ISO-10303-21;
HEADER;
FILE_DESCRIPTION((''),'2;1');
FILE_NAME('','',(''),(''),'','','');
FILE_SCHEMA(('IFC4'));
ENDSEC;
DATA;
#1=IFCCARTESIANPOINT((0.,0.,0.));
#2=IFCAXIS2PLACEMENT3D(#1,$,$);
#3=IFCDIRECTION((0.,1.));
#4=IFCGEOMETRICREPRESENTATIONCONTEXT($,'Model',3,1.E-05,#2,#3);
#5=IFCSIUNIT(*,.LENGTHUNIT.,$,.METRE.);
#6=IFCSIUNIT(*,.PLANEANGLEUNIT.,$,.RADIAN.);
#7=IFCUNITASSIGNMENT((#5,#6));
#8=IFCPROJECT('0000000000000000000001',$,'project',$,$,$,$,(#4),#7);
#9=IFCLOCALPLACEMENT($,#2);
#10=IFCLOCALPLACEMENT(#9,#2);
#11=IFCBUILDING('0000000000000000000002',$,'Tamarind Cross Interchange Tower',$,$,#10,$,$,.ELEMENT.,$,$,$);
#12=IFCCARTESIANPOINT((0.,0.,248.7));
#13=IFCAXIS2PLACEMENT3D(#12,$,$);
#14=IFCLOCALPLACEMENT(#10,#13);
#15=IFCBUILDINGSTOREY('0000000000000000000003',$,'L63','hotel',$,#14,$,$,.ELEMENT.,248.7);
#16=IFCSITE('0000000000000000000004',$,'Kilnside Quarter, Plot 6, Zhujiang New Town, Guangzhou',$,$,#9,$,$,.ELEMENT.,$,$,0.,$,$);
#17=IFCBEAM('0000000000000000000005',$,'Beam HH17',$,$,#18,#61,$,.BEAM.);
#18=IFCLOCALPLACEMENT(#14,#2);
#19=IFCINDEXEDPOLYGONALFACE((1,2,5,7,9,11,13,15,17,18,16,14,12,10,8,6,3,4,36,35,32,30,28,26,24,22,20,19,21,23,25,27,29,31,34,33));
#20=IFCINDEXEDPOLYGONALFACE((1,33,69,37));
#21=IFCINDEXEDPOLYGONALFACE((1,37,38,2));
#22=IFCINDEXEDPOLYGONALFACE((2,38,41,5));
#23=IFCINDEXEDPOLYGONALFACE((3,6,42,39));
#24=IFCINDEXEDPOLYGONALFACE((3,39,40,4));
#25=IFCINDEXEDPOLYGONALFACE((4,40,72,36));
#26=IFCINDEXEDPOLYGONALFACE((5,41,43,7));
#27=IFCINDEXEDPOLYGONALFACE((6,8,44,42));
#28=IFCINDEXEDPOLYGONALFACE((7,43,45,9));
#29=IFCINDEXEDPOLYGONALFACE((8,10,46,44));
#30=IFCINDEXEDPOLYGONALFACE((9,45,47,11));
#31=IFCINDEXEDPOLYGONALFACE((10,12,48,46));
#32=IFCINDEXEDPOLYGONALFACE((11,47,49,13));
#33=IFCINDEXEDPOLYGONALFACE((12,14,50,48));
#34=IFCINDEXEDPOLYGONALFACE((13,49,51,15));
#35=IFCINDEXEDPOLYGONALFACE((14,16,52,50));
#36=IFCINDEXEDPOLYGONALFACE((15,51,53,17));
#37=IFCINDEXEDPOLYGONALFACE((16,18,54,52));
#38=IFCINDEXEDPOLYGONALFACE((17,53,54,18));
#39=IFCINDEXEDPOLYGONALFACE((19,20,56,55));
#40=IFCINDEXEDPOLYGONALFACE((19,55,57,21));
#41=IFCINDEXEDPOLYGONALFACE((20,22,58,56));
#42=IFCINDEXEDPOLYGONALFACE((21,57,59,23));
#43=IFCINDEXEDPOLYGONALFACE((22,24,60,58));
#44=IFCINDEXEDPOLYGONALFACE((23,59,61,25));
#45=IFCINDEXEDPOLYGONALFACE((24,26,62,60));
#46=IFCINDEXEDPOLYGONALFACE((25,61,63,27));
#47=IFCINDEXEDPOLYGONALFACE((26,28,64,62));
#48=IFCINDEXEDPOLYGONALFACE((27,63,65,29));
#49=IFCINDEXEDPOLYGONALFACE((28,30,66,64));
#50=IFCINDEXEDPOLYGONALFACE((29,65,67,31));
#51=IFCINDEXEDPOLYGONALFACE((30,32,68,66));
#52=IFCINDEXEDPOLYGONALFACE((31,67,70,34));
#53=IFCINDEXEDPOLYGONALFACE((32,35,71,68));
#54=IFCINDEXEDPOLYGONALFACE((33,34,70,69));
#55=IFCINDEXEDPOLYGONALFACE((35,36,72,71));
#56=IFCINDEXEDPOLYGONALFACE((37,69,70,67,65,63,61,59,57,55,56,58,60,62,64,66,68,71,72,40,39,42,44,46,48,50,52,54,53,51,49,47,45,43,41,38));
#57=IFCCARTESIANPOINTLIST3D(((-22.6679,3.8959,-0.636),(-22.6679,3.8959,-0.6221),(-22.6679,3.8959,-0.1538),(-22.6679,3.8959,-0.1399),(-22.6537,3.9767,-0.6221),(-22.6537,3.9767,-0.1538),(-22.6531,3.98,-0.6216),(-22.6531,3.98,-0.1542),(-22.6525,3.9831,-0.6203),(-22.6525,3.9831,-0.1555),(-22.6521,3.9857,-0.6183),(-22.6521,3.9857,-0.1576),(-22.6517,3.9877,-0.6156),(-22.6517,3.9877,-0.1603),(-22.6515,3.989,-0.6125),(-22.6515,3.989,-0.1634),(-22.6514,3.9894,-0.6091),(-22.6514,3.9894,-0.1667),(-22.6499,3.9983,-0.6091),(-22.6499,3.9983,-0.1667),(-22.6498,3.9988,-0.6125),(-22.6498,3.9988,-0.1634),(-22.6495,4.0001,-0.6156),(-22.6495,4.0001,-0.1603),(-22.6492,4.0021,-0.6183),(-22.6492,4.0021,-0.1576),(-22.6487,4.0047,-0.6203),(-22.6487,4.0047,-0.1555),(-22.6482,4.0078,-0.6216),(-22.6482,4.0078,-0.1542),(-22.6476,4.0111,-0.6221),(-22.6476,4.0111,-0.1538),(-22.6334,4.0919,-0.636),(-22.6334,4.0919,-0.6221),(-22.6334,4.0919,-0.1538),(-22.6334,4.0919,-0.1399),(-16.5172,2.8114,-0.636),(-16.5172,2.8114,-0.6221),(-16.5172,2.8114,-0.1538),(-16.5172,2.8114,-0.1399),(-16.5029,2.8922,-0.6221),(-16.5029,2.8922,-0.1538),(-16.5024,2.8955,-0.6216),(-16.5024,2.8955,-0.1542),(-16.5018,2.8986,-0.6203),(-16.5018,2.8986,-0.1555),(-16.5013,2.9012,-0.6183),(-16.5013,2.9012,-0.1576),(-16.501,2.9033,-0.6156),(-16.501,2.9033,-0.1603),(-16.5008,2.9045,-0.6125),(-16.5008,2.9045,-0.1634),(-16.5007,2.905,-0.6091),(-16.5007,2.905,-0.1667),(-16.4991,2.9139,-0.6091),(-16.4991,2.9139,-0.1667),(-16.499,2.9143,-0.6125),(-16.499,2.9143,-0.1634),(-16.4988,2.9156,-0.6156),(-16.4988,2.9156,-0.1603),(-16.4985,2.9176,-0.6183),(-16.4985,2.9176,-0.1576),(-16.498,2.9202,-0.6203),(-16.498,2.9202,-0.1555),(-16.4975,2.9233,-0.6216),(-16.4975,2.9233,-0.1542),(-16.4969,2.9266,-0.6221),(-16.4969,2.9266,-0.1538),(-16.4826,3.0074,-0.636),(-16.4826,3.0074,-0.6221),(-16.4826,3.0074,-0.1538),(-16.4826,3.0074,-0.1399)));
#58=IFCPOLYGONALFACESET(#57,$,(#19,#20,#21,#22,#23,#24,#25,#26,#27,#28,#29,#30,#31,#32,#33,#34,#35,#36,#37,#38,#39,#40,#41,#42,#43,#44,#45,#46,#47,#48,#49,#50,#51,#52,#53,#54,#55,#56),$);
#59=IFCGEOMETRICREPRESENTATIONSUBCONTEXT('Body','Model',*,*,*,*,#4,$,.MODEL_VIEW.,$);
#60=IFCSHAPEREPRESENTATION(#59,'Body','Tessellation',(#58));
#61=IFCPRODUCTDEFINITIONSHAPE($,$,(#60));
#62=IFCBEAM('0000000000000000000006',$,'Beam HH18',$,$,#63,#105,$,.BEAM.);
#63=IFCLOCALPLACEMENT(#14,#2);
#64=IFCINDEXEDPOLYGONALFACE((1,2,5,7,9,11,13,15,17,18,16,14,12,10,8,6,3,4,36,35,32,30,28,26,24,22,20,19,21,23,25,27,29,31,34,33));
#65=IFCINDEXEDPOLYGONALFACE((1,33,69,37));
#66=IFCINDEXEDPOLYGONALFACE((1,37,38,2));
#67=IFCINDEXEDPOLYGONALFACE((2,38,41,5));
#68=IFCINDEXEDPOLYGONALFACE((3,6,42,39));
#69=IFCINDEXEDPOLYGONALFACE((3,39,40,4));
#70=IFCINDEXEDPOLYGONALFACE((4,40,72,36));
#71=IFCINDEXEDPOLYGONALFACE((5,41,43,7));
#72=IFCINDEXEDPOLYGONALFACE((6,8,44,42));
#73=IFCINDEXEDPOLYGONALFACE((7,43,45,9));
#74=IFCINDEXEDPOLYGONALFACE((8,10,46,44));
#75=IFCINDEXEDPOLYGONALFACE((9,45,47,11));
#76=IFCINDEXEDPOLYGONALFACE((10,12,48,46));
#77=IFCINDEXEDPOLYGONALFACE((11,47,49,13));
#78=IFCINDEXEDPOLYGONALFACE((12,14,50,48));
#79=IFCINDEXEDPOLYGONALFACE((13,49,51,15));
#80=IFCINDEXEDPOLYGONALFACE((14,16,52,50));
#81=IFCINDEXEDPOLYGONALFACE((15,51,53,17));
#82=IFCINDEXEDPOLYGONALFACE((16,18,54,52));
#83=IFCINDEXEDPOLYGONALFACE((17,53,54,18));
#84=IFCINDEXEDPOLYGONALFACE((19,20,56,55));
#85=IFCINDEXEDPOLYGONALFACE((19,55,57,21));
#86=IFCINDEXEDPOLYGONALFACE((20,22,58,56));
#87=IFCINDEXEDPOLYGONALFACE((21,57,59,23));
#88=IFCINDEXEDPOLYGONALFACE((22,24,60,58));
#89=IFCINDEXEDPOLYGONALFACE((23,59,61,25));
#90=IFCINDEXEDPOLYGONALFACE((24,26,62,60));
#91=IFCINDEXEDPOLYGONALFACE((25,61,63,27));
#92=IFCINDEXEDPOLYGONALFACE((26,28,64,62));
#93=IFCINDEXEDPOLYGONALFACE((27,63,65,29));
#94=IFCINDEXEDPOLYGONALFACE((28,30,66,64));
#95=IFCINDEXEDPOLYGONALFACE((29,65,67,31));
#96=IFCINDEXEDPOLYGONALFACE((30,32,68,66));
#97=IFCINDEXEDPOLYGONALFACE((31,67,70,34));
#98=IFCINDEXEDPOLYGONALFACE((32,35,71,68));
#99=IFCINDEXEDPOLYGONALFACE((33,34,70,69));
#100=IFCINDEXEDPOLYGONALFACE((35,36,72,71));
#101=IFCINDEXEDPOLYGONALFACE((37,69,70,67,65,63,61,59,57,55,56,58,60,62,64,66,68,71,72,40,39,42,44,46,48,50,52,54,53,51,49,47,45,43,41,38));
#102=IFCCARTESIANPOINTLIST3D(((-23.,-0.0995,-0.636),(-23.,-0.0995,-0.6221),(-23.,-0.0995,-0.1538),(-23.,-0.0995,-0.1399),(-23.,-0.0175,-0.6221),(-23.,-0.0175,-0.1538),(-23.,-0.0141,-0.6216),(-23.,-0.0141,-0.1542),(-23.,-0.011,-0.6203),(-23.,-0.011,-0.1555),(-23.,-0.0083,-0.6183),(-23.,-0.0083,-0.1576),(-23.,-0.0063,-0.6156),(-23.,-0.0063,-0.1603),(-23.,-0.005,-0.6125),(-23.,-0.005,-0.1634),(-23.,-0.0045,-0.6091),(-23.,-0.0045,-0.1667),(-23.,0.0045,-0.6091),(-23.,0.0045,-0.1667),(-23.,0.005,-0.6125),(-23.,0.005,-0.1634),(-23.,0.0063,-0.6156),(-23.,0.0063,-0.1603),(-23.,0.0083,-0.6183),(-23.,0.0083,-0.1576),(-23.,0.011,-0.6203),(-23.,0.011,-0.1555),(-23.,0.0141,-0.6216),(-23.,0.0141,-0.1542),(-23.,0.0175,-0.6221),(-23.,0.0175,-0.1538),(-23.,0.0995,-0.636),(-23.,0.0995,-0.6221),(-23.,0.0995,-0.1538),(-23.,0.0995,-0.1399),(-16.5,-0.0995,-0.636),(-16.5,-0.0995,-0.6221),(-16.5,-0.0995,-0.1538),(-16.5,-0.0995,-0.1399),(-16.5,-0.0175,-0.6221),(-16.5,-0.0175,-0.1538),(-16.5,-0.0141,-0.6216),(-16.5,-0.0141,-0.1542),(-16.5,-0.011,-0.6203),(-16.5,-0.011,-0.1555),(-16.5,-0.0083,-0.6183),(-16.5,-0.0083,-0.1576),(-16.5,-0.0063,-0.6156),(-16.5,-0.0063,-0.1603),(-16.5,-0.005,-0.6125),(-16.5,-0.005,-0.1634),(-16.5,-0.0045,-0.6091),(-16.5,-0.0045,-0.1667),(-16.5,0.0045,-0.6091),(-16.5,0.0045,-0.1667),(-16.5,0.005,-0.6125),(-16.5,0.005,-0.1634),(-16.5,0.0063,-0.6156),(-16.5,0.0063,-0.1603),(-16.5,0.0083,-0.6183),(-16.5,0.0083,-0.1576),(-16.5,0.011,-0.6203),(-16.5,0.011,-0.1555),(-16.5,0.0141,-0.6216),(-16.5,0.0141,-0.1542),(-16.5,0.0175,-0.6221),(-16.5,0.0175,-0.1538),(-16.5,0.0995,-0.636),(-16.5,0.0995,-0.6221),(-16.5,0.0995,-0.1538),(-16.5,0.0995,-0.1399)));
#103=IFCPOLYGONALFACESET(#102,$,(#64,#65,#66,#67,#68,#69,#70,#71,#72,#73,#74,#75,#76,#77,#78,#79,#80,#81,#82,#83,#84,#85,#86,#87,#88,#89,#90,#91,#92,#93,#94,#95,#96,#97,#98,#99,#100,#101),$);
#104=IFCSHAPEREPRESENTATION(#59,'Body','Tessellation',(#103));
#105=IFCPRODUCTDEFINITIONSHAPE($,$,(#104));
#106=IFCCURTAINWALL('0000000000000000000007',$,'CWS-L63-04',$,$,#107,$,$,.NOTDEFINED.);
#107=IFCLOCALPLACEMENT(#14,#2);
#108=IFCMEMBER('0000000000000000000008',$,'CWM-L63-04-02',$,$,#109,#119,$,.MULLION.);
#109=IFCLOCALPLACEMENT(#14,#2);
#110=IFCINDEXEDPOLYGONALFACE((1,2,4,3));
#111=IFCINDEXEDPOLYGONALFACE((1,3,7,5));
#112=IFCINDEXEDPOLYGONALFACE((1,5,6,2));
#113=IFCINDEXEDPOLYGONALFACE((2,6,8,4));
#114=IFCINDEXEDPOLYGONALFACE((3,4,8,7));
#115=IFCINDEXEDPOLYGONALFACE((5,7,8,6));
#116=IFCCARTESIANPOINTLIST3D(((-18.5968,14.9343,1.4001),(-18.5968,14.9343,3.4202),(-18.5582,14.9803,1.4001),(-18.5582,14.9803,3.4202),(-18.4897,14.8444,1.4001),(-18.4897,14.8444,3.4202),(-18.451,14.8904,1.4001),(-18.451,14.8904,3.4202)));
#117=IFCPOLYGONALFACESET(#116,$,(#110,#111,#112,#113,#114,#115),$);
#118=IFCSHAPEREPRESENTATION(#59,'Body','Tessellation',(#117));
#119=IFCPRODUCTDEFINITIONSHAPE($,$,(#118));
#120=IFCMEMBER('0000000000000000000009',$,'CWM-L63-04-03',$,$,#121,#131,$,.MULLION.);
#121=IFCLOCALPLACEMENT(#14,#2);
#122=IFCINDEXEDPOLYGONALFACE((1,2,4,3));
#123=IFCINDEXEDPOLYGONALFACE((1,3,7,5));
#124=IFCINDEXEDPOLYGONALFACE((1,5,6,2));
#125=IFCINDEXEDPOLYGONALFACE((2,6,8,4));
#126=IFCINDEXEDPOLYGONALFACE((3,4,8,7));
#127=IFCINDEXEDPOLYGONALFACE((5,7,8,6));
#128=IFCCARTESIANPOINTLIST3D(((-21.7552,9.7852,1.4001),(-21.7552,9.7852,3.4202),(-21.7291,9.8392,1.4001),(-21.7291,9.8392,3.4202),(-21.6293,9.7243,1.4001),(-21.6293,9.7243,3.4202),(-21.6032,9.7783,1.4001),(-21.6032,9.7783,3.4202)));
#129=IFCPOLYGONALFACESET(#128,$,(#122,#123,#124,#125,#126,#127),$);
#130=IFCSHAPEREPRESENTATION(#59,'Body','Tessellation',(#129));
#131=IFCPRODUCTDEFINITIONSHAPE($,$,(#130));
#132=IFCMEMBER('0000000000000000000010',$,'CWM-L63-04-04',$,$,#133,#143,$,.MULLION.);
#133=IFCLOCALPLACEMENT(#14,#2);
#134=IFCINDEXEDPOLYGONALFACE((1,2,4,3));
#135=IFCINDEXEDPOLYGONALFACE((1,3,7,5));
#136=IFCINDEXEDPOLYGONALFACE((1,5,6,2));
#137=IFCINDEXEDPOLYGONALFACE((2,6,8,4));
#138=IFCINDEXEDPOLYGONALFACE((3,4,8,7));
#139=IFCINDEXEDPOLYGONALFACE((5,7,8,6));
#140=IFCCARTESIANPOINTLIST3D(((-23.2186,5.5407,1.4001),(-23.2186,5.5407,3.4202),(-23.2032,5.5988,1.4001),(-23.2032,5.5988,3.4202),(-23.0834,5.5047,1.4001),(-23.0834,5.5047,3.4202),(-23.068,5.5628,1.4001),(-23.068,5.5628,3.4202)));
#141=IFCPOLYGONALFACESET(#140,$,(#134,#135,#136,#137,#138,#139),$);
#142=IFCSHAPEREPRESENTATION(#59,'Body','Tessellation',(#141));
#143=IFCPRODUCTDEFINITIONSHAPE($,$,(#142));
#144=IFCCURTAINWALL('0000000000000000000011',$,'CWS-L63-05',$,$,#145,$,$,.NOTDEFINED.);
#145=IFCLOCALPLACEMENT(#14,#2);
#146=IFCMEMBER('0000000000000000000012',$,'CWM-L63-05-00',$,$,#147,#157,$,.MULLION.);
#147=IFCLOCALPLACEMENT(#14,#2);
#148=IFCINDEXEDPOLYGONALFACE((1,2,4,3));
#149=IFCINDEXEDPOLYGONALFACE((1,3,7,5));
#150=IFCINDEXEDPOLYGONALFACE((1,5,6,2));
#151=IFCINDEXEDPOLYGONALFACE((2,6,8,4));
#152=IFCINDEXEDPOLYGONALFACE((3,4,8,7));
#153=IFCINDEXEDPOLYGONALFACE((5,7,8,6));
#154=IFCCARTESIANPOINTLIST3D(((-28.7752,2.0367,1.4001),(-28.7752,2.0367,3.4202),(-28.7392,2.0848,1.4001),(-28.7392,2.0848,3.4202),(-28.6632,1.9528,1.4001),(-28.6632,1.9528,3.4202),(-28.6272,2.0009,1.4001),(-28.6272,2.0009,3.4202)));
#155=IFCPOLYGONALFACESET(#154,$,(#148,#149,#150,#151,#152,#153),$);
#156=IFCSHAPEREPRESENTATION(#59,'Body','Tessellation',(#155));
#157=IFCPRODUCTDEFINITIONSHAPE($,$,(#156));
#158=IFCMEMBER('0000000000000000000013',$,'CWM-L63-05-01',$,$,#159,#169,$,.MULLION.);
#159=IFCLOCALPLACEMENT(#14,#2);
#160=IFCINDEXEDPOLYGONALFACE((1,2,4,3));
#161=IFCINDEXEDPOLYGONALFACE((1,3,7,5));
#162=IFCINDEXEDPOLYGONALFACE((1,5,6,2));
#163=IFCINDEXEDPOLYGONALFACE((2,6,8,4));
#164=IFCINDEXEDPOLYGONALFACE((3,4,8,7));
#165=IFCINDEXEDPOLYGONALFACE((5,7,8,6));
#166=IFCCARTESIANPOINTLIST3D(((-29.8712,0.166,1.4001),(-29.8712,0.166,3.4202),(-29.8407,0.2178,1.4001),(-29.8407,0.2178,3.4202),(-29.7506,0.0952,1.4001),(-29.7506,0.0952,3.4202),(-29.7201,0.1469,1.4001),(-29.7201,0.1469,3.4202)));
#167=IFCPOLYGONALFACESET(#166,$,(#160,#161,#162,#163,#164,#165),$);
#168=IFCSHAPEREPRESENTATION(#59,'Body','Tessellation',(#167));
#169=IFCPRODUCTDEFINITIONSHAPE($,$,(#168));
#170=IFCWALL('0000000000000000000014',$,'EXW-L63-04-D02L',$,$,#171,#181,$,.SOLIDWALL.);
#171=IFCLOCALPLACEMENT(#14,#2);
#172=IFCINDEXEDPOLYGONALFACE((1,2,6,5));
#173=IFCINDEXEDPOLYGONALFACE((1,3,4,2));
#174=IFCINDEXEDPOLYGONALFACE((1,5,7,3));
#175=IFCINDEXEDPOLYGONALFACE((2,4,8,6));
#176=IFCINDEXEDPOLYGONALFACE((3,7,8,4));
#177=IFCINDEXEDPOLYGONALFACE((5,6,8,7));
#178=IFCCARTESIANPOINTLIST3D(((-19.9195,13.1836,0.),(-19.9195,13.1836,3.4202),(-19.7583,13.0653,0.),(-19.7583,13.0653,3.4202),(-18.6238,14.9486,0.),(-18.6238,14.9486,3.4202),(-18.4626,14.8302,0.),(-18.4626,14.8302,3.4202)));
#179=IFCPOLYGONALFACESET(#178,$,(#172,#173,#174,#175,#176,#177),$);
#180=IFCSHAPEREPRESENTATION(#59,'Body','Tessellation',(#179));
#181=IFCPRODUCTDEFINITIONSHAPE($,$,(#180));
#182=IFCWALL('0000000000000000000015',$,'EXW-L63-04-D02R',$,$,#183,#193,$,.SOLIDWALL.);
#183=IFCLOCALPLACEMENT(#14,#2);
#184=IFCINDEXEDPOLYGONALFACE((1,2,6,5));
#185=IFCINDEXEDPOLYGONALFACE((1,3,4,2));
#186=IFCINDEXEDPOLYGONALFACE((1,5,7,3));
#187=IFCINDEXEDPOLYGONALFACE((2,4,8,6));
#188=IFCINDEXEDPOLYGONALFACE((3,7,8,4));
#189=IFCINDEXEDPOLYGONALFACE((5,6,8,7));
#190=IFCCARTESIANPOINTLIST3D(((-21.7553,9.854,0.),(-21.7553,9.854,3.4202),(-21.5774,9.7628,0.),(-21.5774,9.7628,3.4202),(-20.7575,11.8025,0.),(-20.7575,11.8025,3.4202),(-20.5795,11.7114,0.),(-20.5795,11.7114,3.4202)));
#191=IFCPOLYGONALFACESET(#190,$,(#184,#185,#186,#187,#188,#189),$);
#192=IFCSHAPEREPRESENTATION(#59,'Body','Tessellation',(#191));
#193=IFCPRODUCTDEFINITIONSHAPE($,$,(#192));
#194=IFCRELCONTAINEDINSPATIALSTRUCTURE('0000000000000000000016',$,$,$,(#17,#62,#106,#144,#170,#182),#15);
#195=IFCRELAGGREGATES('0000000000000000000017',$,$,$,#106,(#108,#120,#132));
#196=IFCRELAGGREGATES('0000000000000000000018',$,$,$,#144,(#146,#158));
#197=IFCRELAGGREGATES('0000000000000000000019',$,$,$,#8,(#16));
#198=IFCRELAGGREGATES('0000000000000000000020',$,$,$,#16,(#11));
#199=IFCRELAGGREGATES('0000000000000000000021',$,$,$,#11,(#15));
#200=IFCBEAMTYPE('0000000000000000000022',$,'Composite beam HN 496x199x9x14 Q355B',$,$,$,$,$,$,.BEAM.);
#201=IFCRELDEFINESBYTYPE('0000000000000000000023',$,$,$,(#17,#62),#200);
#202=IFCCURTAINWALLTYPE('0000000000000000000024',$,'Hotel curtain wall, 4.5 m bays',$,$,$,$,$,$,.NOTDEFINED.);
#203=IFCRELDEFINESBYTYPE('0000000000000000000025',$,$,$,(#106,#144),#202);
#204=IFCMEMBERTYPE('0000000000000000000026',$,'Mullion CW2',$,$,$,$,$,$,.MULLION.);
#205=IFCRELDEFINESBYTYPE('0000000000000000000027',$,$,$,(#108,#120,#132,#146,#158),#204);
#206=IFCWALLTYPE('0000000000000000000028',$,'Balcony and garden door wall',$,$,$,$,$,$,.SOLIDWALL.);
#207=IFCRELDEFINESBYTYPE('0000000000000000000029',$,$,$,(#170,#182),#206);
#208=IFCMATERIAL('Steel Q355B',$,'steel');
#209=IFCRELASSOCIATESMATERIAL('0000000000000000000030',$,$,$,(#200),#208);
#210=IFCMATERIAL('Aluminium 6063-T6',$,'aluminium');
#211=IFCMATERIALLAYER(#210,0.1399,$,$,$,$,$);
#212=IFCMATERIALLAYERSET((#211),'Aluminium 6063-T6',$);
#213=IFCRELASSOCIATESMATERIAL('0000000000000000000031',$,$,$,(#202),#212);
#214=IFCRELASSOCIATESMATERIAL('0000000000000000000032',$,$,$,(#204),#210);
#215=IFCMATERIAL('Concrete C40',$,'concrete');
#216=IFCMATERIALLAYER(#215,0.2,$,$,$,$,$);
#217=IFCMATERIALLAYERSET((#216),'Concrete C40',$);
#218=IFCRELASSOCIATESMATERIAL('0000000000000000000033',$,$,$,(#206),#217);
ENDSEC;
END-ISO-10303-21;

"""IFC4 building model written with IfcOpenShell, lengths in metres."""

from ifc_helpers import new_model, si_unit, direction, frame, frame_2d, origin, origin_2d, place, context, subcontext, project, spatial, rectangle, i_section, extrude, material, layer, layer_set, material_profile, profile_set, type_object, element, aggregate, save


model = new_model("IFC4")

# Units and contexts
model_context = context("Model", 3, precision=1e-05, world=origin(), true_north=direction((0.0, 1.0)))
body_context = subcontext(model_context, "Body", "Model", "MODEL_VIEW")
ifc_project = project(units=[si_unit("LENGTHUNIT", "METRE"), si_unit("PLANEANGLEUNIT", "RADIAN")], contexts=[model_context])

# Site, building, storey
site_placement = place(None, origin())
site = spatial("IfcSite", under=ifc_project, at=site_placement, Name="Kilnside Quarter, Plot 6, Zhujiang New Town, Guangzhou", CompositionType="ELEMENT", RefElevation=0.0)
building_placement = place(site_placement, origin())
building = spatial("IfcBuilding", under=site, at=building_placement, Name="Tamarind Cross Interchange Tower", CompositionType="ELEMENT")
storey_placement = place(building_placement, frame((0.0, 0.0, 248.7)))
storey = spatial("IfcBuildingStorey", under=building, at=storey_placement, Name="L63", Description="hotel", CompositionType="ELEMENT", Elevation=248.7)

# Beams
ifc_material_1 = material(Name="Steel Q355B", Category="steel")
ifc_material_profile_1 = material_profile(ifc_material_1, i_section(OverallWidth=0.199, OverallDepth=0.4961, WebThickness=0.009, FlangeThickness=0.0139, FilletRadius=0.0129, at=origin_2d()), Name="HN 496x199x9x14")
ifc_profile_set_1 = profile_set([ifc_material_profile_1], Name="Steel Q355B")
beam_type = type_object("IfcBeamType", Name="Composite beam HN 496x199x9x14 Q355B", PredefinedType="BEAM", material=ifc_profile_set_1)
beam_1_placement = place(storey_placement, frame((-22.6506, 3.9939, -0.3879), z_axis=(0.984809, -0.17364, 0.0), x_axis=(0.17364, 0.984809, 0.0)))
element("IfcBeam", 1, at=beam_1_placement, inside=storey, type_object=beam_type, Name="Beam HH17", PredefinedType="BEAM", context=body_context, shape_type="SweptSolid", body=[
    extrude(i_section(OverallWidth=0.199, OverallDepth=0.4961, WebThickness=0.009, FlangeThickness=0.0139, FilletRadius=0.0129, at=origin_2d()), origin(), (0.0, 0.0, 1.0), 6.2456),
])
beam_2_placement = place(storey_placement, frame((-23.0, 0.0, -0.3879), z_axis=(1.0, 0.0, 0.0), x_axis=(0.0, 1.0, 0.0)))
element("IfcBeam", 2, at=beam_2_placement, inside=storey, type_object=beam_type, Name="Beam HH18", PredefinedType="BEAM", context=body_context, shape_type="SweptSolid", body=[
    extrude(i_section(OverallWidth=0.199, OverallDepth=0.4961, WebThickness=0.009, FlangeThickness=0.0139, FilletRadius=0.0129, at=origin_2d()), origin(), (0.0, 0.0, 1.0), 6.5),
])

# Curtain walls, members
ifc_material_2 = material(Name="Aluminium 6063-T6", Category="aluminium")
ifc_layer_1 = layer(ifc_material_2, 0.1399)
ifc_layer_set_1 = layer_set([ifc_layer_1], Name="Aluminium 6063-T6")
curtain_wall_type = type_object("IfcCurtainWallType", Name="Hotel curtain wall, 4.5 m bays", PredefinedType="NOTDEFINED", material=ifc_layer_set_1)
curtain_wall_1_placement = place(storey_placement, origin())
curtain_wall_1 = element("IfcCurtainWall", 3, at=curtain_wall_1_placement, inside=storey, type_object=curtain_wall_type, Name="CWS-L63-04", PredefinedType="NOTDEFINED")
ifc_material_profile_2 = material_profile(ifc_material_2, rectangle(XDim=0.0601, YDim=0.1399, at=origin_2d()), Name="Mullion CW2")
ifc_profile_set_2 = profile_set([ifc_material_profile_2], Name="Aluminium 6063-T6")
member_type = type_object("IfcMemberType", Name="Mullion CW2", PredefinedType="MULLION", material=ifc_profile_set_2)
member_1_placement = place(storey_placement, frame((-18.5239, 14.9124, 1.4001), z_axis=(0.0, 0.0, 1.0), x_axis=(-0.643009, -0.765858, 0.0)))
member_1 = element("IfcMember", 4, at=member_1_placement, type_object=member_type, Name="CWM-L63-04-02", PredefinedType="MULLION", context=body_context, shape_type="SweptSolid", body=[
    extrude(rectangle(XDim=0.0601, YDim=0.1399, at=origin_2d()), origin(), (0.0, 0.0, 1.0), 2.02),
])
member_2_placement = place(storey_placement, frame((-21.6792, 9.7817, 1.4001), z_axis=(0.0, 0.0, 1.0), x_axis=(-0.435326, -0.900273, 0.0)))
member_2 = element("IfcMember", 5, at=member_2_placement, type_object=member_type, Name="CWM-L63-04-03", PredefinedType="MULLION", context=body_context, shape_type="SweptSolid", body=[
    extrude(rectangle(XDim=0.0601, YDim=0.1399, at=origin_2d()), origin(), (0.0, 0.0, 1.0), 2.02),
])
member_3_placement = place(storey_placement, frame((-23.1433, 5.5518, 1.4001), z_axis=(0.0, 0.0, 1.0), x_axis=(-0.257322, -0.966326, 0.0)))
member_3 = element("IfcMember", 6, at=member_3_placement, type_object=member_type, Name="CWM-L63-04-04", PredefinedType="MULLION", context=body_context, shape_type="SweptSolid", body=[
    extrude(rectangle(XDim=0.0601, YDim=0.1399, at=origin_2d()), origin(), (0.0, 0.0, 1.0), 2.02),
])
aggregate(curtain_wall_1, [member_1, member_2, member_3])
curtain_wall_2_placement = place(storey_placement, origin())
curtain_wall_2 = element("IfcCurtainWall", 7, at=curtain_wall_2_placement, inside=storey, type_object=curtain_wall_type, Name="CWS-L63-05", PredefinedType="NOTDEFINED")
member_4_placement = place(storey_placement, frame((-28.7012, 2.0188, 1.4001), z_axis=(0.0, 0.0, 1.0), x_axis=(-0.599235, -0.800573, 0.0)))
member_4 = element("IfcMember", 8, at=member_4_placement, type_object=member_type, Name="CWM-L63-05-00", PredefinedType="MULLION", context=body_context, shape_type="SweptSolid", body=[
    extrude(rectangle(XDim=0.0601, YDim=0.1399, at=origin_2d()), origin(), (0.0, 0.0, 1.0), 2.02),
])
member_5_placement = place(storey_placement, frame((-29.7957, 0.1565, 1.4001), z_axis=(0.0, 0.0, 1.0), x_axis=(-0.506732, -0.862104, 0.0)))
member_5 = element("IfcMember", 9, at=member_5_placement, type_object=member_type, Name="CWM-L63-05-01", PredefinedType="MULLION", context=body_context, shape_type="SweptSolid", body=[
    extrude(rectangle(XDim=0.0601, YDim=0.1399, at=origin_2d()), origin(), (0.0, 0.0, 1.0), 2.02),
])
aggregate(curtain_wall_2, [member_4, member_5])

# Walls
ifc_material_3 = material(Name="Concrete C40", Category="concrete")
ifc_layer_2 = layer(ifc_material_3, 0.2)
ifc_layer_set_2 = layer_set([ifc_layer_2], Name="Concrete C40")
wall_type_1 = type_object("IfcWallType", Name="Balcony and garden door wall", PredefinedType="SOLIDWALL", material=ifc_layer_set_2)
wall_1_placement = place(storey_placement, frame((-18.5432, 14.8894, 0.0), z_axis=(0.0, 0.0, 1.0), x_axis=(-0.591779, -0.8061, 0.0)))
element("IfcWall", 10, at=wall_1_placement, inside=storey, type_object=wall_type_1, Name="EXW-L63-04-D02L", PredefinedType="SOLIDWALL", context=body_context, shape_type="SweptSolid", body=[
    extrude(rectangle(XDim=2.1895, YDim=0.2, at=frame_2d((1.0947, 0.0))), origin(), (0.0, 0.0, 1.0), 3.4202),
])
wall_2_placement = place(storey_placement, frame((-20.6685, 11.7571, 0.0), z_axis=(0.0, 0.0, 1.0), x_axis=(-0.455803, -0.890081, 0.0)))
element("IfcWall", 11, at=wall_2_placement, inside=storey, type_object=wall_type_1, Name="EXW-L63-04-D02R", PredefinedType="SOLIDWALL", context=body_context, shape_type="SweptSolid", body=[
    extrude(rectangle(XDim=2.1892, YDim=0.2, at=frame_2d((1.0947, 0.0))), origin(), (0.0, 0.0, 1.0), 3.4202),
])

save(model, "model.ifc")
